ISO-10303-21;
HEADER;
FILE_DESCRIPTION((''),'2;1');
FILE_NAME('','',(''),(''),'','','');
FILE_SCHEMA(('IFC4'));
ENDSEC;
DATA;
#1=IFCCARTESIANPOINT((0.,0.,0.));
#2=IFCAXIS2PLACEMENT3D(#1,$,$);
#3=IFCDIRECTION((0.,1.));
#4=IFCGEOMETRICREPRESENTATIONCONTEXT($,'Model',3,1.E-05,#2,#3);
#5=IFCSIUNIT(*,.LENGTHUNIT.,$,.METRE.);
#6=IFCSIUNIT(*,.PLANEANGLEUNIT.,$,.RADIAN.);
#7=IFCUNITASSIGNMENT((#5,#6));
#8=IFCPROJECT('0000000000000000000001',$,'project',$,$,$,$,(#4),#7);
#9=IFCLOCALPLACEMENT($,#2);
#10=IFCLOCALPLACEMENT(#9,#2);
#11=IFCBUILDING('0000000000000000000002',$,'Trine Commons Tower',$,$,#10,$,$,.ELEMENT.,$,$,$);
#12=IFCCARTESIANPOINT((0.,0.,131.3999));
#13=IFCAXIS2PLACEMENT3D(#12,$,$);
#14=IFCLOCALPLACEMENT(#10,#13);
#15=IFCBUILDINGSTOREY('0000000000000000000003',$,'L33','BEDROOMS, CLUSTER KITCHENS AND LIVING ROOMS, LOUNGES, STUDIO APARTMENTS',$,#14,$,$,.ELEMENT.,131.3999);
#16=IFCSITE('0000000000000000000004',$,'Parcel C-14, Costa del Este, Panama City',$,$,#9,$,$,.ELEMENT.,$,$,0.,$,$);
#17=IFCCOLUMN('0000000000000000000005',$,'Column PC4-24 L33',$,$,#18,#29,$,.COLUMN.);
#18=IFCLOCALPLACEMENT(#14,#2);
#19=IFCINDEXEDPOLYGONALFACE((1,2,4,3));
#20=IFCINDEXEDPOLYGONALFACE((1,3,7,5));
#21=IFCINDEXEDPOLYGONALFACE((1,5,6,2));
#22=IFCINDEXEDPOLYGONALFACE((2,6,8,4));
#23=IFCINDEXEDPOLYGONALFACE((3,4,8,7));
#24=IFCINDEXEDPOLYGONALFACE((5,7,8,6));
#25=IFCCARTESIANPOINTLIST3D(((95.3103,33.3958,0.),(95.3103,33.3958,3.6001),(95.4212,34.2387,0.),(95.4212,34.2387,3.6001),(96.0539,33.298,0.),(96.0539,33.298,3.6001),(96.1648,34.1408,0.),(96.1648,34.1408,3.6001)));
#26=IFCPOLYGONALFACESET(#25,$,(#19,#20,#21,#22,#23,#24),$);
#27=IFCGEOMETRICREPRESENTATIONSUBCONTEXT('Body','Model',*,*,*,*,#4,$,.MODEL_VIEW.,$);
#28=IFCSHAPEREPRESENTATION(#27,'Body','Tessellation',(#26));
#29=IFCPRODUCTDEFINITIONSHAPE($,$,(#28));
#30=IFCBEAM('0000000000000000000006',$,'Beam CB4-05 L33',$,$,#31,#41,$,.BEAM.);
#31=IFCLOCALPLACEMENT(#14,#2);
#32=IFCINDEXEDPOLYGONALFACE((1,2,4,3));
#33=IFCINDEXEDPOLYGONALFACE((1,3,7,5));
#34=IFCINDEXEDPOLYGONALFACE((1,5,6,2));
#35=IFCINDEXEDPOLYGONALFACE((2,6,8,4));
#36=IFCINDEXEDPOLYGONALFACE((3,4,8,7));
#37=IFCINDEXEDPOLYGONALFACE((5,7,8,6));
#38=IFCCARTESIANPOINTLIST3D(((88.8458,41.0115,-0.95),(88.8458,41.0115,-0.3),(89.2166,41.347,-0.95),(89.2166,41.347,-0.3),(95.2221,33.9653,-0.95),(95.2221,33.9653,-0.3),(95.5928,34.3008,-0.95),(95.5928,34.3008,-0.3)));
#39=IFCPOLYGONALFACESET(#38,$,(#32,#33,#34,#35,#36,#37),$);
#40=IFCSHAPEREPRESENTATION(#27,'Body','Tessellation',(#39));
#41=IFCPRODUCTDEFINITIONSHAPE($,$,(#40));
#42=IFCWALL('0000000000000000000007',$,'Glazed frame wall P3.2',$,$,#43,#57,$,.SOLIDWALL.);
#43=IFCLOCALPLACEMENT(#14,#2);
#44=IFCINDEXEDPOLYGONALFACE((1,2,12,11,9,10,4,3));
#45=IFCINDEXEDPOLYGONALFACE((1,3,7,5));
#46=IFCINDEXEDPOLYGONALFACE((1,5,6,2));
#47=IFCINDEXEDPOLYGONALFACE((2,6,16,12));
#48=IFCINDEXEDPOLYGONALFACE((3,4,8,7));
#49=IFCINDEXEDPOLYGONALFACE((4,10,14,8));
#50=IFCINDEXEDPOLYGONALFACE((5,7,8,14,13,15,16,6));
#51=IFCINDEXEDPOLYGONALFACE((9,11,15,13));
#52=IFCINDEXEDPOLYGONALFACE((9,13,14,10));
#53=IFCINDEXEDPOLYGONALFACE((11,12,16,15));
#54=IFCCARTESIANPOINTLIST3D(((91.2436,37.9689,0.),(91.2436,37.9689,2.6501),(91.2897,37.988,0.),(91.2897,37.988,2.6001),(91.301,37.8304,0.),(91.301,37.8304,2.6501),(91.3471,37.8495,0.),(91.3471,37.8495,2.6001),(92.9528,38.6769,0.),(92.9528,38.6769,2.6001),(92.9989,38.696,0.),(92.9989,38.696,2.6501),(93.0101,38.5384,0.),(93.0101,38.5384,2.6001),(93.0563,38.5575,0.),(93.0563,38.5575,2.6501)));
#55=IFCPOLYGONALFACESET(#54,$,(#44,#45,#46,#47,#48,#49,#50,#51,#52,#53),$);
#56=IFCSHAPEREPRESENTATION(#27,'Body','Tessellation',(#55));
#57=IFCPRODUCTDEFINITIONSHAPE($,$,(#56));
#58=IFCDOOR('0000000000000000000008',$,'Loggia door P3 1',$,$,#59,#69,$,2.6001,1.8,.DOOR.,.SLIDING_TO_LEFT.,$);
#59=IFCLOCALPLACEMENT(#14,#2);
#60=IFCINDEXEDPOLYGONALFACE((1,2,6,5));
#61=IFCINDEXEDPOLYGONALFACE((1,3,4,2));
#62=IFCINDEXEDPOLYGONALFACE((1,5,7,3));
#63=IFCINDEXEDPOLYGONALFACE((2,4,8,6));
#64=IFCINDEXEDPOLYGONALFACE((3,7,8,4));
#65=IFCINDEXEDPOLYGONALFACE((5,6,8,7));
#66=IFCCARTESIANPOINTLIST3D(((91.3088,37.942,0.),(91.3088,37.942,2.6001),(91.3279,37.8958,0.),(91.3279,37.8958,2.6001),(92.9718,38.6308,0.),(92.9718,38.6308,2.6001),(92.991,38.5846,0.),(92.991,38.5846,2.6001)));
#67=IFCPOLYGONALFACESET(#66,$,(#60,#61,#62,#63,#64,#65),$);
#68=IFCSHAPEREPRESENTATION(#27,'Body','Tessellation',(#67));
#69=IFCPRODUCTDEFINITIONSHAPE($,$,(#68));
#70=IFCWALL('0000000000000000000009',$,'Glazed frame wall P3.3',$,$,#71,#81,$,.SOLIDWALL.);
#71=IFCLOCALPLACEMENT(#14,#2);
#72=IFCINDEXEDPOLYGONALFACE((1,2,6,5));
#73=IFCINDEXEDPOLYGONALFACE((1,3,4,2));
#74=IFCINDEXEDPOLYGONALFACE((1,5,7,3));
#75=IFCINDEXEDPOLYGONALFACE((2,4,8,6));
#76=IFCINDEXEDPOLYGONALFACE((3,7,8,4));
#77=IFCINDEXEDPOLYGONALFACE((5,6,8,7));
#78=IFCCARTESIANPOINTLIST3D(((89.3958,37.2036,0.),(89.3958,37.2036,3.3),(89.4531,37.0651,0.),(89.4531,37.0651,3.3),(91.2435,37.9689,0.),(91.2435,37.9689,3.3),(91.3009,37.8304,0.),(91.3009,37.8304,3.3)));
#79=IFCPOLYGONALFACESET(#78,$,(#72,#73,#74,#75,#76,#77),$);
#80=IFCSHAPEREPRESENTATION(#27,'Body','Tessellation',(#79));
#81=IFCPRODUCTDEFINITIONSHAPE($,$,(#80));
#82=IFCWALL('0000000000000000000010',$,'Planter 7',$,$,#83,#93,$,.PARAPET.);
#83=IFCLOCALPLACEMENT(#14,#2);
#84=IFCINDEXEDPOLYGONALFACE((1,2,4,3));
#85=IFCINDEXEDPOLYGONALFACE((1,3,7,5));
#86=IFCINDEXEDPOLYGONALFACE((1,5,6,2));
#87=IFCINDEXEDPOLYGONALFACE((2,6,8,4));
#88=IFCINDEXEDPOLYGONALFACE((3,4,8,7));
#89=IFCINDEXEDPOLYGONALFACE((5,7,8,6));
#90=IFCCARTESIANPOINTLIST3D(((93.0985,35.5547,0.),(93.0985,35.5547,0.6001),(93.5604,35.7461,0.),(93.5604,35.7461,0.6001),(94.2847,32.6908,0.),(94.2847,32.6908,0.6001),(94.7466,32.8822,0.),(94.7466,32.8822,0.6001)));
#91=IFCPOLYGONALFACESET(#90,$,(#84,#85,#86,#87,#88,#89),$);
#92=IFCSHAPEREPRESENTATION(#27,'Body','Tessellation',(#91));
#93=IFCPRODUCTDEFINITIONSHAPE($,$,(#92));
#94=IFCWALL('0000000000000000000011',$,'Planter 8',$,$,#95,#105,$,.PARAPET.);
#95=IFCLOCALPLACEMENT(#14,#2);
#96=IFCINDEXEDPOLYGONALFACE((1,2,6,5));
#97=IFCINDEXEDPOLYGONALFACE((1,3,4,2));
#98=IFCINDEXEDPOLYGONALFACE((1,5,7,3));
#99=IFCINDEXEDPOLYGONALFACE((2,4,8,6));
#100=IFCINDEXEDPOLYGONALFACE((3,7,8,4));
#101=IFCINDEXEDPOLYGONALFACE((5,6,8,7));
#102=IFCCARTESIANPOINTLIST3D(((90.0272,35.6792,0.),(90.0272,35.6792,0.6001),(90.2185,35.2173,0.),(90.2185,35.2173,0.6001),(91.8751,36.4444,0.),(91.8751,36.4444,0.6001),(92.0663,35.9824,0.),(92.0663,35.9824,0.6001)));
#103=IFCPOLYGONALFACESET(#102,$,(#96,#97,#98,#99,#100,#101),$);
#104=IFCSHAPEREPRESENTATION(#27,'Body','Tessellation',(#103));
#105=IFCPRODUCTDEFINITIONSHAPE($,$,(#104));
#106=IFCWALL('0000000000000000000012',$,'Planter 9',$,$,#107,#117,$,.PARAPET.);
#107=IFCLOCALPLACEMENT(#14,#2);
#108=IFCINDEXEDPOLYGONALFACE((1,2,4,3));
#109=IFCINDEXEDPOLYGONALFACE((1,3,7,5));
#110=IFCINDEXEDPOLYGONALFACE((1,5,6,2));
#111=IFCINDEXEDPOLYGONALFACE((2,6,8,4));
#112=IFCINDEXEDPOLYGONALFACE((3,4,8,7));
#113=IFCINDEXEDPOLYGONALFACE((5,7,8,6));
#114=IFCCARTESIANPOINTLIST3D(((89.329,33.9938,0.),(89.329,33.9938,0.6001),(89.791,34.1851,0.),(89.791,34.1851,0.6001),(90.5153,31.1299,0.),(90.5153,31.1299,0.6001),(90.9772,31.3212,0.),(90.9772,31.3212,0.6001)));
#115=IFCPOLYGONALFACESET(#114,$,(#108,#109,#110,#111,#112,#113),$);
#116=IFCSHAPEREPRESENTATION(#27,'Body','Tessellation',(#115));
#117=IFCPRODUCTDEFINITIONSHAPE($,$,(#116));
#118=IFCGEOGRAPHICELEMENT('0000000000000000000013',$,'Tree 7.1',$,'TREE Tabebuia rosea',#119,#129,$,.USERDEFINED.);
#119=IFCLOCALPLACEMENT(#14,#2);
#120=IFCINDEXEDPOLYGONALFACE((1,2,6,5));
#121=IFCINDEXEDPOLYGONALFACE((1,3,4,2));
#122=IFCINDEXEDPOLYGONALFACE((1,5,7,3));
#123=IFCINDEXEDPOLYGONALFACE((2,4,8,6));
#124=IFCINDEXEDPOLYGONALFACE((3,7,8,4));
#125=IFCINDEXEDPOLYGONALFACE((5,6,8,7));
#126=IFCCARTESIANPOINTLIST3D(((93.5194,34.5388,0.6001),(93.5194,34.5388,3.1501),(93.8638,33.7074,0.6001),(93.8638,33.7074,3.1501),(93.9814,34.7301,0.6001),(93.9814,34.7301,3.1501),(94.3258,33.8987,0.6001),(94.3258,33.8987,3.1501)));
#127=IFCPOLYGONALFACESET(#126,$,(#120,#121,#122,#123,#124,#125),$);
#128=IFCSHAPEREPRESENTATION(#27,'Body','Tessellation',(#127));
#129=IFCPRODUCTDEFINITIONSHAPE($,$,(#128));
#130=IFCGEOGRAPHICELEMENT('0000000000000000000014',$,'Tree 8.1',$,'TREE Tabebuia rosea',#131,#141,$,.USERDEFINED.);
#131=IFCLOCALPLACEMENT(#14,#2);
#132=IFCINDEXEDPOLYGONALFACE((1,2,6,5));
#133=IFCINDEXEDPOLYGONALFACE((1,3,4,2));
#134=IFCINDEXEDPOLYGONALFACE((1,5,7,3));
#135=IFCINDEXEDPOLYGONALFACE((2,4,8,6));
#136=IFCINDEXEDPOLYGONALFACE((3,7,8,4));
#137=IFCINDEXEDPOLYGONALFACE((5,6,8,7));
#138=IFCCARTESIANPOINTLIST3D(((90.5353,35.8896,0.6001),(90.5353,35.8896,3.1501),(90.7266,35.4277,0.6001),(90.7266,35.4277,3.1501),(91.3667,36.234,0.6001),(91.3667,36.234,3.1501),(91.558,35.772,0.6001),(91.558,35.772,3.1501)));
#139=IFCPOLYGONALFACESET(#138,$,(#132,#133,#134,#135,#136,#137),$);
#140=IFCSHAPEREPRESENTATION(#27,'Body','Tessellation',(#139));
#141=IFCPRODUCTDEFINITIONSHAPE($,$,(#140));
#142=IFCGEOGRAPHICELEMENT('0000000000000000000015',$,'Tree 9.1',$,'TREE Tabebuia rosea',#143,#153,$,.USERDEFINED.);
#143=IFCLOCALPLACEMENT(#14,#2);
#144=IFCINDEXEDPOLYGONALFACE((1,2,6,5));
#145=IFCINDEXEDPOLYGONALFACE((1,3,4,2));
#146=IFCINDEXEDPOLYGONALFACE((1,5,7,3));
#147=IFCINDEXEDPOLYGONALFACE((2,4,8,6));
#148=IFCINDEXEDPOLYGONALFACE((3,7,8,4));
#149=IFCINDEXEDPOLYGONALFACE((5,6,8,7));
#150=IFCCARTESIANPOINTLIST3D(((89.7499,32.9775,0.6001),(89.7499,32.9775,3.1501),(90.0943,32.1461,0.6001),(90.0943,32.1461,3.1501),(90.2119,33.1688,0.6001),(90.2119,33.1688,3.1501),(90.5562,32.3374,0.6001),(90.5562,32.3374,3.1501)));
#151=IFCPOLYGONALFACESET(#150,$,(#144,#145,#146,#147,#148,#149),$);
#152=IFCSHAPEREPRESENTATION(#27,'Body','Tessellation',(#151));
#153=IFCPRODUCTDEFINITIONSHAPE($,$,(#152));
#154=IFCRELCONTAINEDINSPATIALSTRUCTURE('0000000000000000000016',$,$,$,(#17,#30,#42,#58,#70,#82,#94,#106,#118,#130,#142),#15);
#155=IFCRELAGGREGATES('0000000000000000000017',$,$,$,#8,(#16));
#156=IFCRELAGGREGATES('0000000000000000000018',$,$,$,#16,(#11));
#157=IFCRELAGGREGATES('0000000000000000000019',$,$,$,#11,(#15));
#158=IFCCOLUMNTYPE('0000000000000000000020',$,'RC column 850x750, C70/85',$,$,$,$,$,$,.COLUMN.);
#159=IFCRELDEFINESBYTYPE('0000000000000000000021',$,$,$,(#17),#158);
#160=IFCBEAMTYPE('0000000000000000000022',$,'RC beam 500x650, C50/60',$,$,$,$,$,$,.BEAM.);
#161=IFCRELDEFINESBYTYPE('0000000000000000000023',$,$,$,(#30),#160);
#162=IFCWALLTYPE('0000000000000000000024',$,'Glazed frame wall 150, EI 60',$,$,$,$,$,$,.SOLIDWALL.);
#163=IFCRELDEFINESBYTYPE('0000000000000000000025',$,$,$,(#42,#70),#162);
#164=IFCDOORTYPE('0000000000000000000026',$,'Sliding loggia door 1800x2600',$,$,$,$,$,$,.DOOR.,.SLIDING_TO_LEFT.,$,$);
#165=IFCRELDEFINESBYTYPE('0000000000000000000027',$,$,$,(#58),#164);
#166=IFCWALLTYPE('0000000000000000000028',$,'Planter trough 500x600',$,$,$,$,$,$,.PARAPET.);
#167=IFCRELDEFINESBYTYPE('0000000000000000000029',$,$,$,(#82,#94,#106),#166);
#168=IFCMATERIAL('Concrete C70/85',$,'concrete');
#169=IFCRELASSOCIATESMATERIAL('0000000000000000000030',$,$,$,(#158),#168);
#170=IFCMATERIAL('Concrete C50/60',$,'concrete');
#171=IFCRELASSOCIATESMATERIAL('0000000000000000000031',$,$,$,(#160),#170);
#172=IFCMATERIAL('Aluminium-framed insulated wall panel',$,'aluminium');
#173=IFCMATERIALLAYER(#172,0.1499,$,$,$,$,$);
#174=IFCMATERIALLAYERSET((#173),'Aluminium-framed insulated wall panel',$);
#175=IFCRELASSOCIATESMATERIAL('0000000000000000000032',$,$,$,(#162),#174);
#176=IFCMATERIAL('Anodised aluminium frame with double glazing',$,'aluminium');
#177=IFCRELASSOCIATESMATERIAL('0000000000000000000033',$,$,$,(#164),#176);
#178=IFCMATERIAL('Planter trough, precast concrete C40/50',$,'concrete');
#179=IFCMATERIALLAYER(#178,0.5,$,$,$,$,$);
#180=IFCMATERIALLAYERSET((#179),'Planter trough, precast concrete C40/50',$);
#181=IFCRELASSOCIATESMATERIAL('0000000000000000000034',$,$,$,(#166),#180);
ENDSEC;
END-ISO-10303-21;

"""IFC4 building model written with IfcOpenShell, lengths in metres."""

from ifc_helpers import new_model, si_unit, direction, frame, frame_2d, origin, origin_2d, place, context, subcontext, project, spatial, polyline, rectangle, outline, extrude, material, layer, layer_set, material_profile, profile_set, type_object, element, fill, save


model = new_model("IFC4")

# Units and contexts
model_context = context("Model", 3, precision=1e-05, world=origin(), true_north=direction((0.0, 1.0)))
body_context = subcontext(model_context, "Body", "Model", "MODEL_VIEW")
ifc_project = project(units=[si_unit("LENGTHUNIT", "METRE"), si_unit("PLANEANGLEUNIT", "RADIAN")], contexts=[model_context])

# Site, building, storey
site_placement = place(None, origin())
site = spatial("IfcSite", under=ifc_project, at=site_placement, Name="Parcel C-14, Costa del Este, Panama City", CompositionType="ELEMENT", RefElevation=0.0)
building_placement = place(site_placement, origin())
building = spatial("IfcBuilding", under=site, at=building_placement, Name="Trine Commons Tower", CompositionType="ELEMENT")
storey_placement = place(building_placement, frame((0.0, 0.0, 131.3999)))
storey = spatial("IfcBuildingStorey", under=building, at=storey_placement, Name="L33", Description="BEDROOMS, CLUSTER KITCHENS AND LIVING ROOMS, LOUNGES, STUDIO APARTMENTS", CompositionType="ELEMENT", Elevation=131.3999)

# Column
ifc_material_1 = material(Name="Concrete C70/85", Category="concrete")
ifc_material_profile_1 = material_profile(ifc_material_1, rectangle(XDim=0.8501, YDim=0.75, at=origin_2d()), Name="RC 850x750")
ifc_profile_set_1 = profile_set([ifc_material_profile_1], Name="Concrete C70/85")
column_type = type_object("IfcColumnType", Name="RC column 850x750, C70/85", PredefinedType="COLUMN", material=ifc_profile_set_1)
column_placement = place(storey_placement, frame((95.7375, 33.7683, 0.0), z_axis=(0.0, 0.0, 1.0), x_axis=(0.130526, 0.991445, 0.0)))
element("IfcColumn", 1, at=column_placement, inside=storey, type_object=column_type, Name="Column PC4-24 L33", PredefinedType="COLUMN", context=body_context, shape_type="SweptSolid", body=[
    extrude(rectangle(XDim=0.8501, YDim=0.75, at=origin_2d()), origin(), (0.0, 0.0, 1.0), 3.6001),
])

# Beam
ifc_material_2 = material(Name="Concrete C50/60", Category="concrete")
ifc_material_profile_2 = material_profile(ifc_material_2, rectangle(XDim=0.5, YDim=0.6499, at=origin_2d()), Name="RC 500x650")
ifc_profile_set_2 = profile_set([ifc_material_profile_2], Name="Concrete C50/60")
beam_type = type_object("IfcBeamType", Name="RC beam 500x650, C50/60", PredefinedType="BEAM", material=ifc_profile_set_2)
beam_placement = place(storey_placement, frame((95.4075, 34.1331, -0.625), z_axis=(-0.670979, 0.741476, 0.0), x_axis=(-0.741476, -0.670979, 0.0)))
element("IfcBeam", 2, at=beam_placement, inside=storey, type_object=beam_type, Name="Beam CB4-05 L33", PredefinedType="BEAM", context=body_context, shape_type="SweptSolid", body=[
    extrude(rectangle(XDim=0.5, YDim=0.6499, at=origin_2d()), origin(), (0.0, 0.0, 1.0), 9.5029),
])

# Shared definitions
ifc_material_3 = material(Name="Aluminium-framed insulated wall panel", Category="aluminium")
ifc_layer_1 = layer(ifc_material_3, 0.1499)
ifc_layer_set_1 = layer_set([ifc_layer_1], Name="Aluminium-framed insulated wall panel")
wall_type_1 = type_object("IfcWallType", Name="Glazed frame wall 150, EI 60", PredefinedType="SOLIDWALL", material=ifc_layer_set_1)

# Wall, opening, door
wall_1_placement = place(storey_placement, frame((93.0276, 38.6267, 0.0), z_axis=(0.0, 0.0, 1.0), x_axis=(-0.923888, -0.382662, 0.0)))
wall_1 = element("IfcWall", 3, at=wall_1_placement, inside=storey, type_object=wall_type_1, Name="Glazed frame wall P3.2", PredefinedType="SOLIDWALL", context=body_context, shape_type="SweptSolid", body=[
    extrude(outline(polyline([(0.0, -0.075), (1.8999, -0.075), (1.8999, 0.075), (0.0, 0.075), (0.0, -0.075)])), origin(), (0.0, 0.0, 1.0), 2.6501),
])
opening_placement = place(wall_1_placement, frame((0.05, 0.0, 0.0)))
opening = element("IfcOpeningElement", 4, at=opening_placement, cuts=wall_1, PredefinedType="OPENING", context=body_context, shape_type="SweptSolid", body=[
    extrude(rectangle(XDim=1.8, YDim=2.6001, at=frame_2d((0.8999, 1.3))), frame((0.0, 0.085, 0.0), z_axis=(0.0, -1.0, 0.0), x_axis=(1.0, 0.0, 0.0)), (0.0, 0.0, 1.0), 0.1699),
])
ifc_material_4 = material(Name="Anodised aluminium frame with double glazing", Category="aluminium")
door_type = type_object("IfcDoorType", Name="Sliding loggia door 1800x2600", OperationType="SLIDING_TO_LEFT", PredefinedType="DOOR", material=ifc_material_4)
door_placement = place(opening_placement, origin())
door = element("IfcDoor", 5, at=door_placement, inside=storey, type_object=door_type, Name="Loggia door P3 1", OperationType="SLIDING_TO_LEFT", OverallHeight=2.6001, OverallWidth=1.8, PredefinedType="DOOR", context=body_context, shape_type="SweptSolid", body=[
    extrude(rectangle(XDim=1.8, YDim=2.6001, at=frame_2d((0.8999, 1.3))), frame((0.0, 0.0249, 0.0), z_axis=(0.0, -1.0, 0.0), x_axis=(1.0, 0.0, 0.0)), (0.0, 0.0, 1.0), 0.05),
])
fill(opening, door)

# Walls
wall_2_placement = place(storey_placement, frame((91.2722, 37.8997, 0.0), z_axis=(0.0, 0.0, 1.0), x_axis=(-0.923887, -0.382664, 0.0)))
element("IfcWall", 6, at=wall_2_placement, inside=storey, type_object=wall_type_1, Name="Glazed frame wall P3.3", PredefinedType="SOLIDWALL", context=body_context, shape_type="SweptSolid", body=[
    extrude(outline(polyline([(0.0, -0.075), (2.0, -0.075), (2.0, 0.075), (0.0, 0.075), (0.0, -0.075)])), origin(), (0.0, 0.0, 1.0), 3.3),
])
ifc_material_5 = material(Name="Planter trough, precast concrete C40/50", Category="concrete")
ifc_layer_2 = layer(ifc_material_5, 0.5)
ifc_layer_set_2 = layer_set([ifc_layer_2], Name="Planter trough, precast concrete C40/50")
wall_type_2 = type_object("IfcWallType", Name="Planter trough 500x600", PredefinedType="PARAPET", material=ifc_layer_set_2)
wall_3_placement = place(storey_placement, frame((94.5156, 32.7866, 0.0), z_axis=(0.0, 0.0, 1.0), x_axis=(-0.382674, 0.923883, 0.0)))
element("IfcWall", 7, at=wall_3_placement, inside=storey, type_object=wall_type_2, Name="Planter 7", PredefinedType="PARAPET", context=body_context, shape_type="SweptSolid", body=[
    extrude(rectangle(XDim=3.0999, YDim=0.5, at=frame_2d((1.5498, 0.0))), origin(), (0.0, 0.0, 1.0), 0.6001),
])
wall_4_placement = place(storey_placement, frame((91.9707, 36.2134, 0.0), z_axis=(0.0, 0.0, 1.0), x_axis=(-0.923931, -0.38256, 0.0)))
element("IfcWall", 8, at=wall_4_placement, inside=storey, type_object=wall_type_2, Name="Planter 8", PredefinedType="PARAPET", context=body_context, shape_type="SweptSolid", body=[
    extrude(rectangle(XDim=2.0, YDim=0.5, at=frame_2d((1.0, 0.0))), origin(), (0.0, 0.0, 1.0), 0.6001),
])
wall_5_placement = place(storey_placement, frame((89.5601, 34.0894, 0.0), z_axis=(0.0, 0.0, 1.0), x_axis=(0.382674, -0.923883, 0.0)))
element("IfcWall", 9, at=wall_5_placement, inside=storey, type_object=wall_type_2, Name="Planter 9", PredefinedType="PARAPET", context=body_context, shape_type="SweptSolid", body=[
    extrude(rectangle(XDim=3.0999, YDim=0.5, at=frame_2d((1.5498, 0.0))), origin(), (0.0, 0.0, 1.0), 0.6001),
])

# Geographic elements
for number, where, z_axis, x_axis, name in (
    (10, (93.9226, 34.2188, 0.6001), (0.0, 0.0, 1.0), (-0.382695, 0.923875, 0.0), "Tree 7.1"),
    (11, (91.0466, 35.8308, 0.6001), (0.0, 0.0, 1.0), (-0.923878, -0.382688, 0.0), "Tree 8.1"),
    (12, (90.1531, 32.6575, 0.6001), (0.0, 0.0, 1.0), (0.382695, -0.923875, 0.0), "Tree 9.1"),
):
    element("IfcGeographicElement", number, at=place(storey_placement, frame(where, z_axis=z_axis, x_axis=x_axis)), inside=storey, Name=name, ObjectType="TREE Tabebuia rosea", PredefinedType="USERDEFINED", context=body_context, shape_type="SweptSolid", body=[
        extrude(rectangle(XDim=0.8999, YDim=0.5, at=origin_2d()), origin(), (0.0, 0.0, 1.0), 2.55),
    ])

save(model, "model.ifc")
